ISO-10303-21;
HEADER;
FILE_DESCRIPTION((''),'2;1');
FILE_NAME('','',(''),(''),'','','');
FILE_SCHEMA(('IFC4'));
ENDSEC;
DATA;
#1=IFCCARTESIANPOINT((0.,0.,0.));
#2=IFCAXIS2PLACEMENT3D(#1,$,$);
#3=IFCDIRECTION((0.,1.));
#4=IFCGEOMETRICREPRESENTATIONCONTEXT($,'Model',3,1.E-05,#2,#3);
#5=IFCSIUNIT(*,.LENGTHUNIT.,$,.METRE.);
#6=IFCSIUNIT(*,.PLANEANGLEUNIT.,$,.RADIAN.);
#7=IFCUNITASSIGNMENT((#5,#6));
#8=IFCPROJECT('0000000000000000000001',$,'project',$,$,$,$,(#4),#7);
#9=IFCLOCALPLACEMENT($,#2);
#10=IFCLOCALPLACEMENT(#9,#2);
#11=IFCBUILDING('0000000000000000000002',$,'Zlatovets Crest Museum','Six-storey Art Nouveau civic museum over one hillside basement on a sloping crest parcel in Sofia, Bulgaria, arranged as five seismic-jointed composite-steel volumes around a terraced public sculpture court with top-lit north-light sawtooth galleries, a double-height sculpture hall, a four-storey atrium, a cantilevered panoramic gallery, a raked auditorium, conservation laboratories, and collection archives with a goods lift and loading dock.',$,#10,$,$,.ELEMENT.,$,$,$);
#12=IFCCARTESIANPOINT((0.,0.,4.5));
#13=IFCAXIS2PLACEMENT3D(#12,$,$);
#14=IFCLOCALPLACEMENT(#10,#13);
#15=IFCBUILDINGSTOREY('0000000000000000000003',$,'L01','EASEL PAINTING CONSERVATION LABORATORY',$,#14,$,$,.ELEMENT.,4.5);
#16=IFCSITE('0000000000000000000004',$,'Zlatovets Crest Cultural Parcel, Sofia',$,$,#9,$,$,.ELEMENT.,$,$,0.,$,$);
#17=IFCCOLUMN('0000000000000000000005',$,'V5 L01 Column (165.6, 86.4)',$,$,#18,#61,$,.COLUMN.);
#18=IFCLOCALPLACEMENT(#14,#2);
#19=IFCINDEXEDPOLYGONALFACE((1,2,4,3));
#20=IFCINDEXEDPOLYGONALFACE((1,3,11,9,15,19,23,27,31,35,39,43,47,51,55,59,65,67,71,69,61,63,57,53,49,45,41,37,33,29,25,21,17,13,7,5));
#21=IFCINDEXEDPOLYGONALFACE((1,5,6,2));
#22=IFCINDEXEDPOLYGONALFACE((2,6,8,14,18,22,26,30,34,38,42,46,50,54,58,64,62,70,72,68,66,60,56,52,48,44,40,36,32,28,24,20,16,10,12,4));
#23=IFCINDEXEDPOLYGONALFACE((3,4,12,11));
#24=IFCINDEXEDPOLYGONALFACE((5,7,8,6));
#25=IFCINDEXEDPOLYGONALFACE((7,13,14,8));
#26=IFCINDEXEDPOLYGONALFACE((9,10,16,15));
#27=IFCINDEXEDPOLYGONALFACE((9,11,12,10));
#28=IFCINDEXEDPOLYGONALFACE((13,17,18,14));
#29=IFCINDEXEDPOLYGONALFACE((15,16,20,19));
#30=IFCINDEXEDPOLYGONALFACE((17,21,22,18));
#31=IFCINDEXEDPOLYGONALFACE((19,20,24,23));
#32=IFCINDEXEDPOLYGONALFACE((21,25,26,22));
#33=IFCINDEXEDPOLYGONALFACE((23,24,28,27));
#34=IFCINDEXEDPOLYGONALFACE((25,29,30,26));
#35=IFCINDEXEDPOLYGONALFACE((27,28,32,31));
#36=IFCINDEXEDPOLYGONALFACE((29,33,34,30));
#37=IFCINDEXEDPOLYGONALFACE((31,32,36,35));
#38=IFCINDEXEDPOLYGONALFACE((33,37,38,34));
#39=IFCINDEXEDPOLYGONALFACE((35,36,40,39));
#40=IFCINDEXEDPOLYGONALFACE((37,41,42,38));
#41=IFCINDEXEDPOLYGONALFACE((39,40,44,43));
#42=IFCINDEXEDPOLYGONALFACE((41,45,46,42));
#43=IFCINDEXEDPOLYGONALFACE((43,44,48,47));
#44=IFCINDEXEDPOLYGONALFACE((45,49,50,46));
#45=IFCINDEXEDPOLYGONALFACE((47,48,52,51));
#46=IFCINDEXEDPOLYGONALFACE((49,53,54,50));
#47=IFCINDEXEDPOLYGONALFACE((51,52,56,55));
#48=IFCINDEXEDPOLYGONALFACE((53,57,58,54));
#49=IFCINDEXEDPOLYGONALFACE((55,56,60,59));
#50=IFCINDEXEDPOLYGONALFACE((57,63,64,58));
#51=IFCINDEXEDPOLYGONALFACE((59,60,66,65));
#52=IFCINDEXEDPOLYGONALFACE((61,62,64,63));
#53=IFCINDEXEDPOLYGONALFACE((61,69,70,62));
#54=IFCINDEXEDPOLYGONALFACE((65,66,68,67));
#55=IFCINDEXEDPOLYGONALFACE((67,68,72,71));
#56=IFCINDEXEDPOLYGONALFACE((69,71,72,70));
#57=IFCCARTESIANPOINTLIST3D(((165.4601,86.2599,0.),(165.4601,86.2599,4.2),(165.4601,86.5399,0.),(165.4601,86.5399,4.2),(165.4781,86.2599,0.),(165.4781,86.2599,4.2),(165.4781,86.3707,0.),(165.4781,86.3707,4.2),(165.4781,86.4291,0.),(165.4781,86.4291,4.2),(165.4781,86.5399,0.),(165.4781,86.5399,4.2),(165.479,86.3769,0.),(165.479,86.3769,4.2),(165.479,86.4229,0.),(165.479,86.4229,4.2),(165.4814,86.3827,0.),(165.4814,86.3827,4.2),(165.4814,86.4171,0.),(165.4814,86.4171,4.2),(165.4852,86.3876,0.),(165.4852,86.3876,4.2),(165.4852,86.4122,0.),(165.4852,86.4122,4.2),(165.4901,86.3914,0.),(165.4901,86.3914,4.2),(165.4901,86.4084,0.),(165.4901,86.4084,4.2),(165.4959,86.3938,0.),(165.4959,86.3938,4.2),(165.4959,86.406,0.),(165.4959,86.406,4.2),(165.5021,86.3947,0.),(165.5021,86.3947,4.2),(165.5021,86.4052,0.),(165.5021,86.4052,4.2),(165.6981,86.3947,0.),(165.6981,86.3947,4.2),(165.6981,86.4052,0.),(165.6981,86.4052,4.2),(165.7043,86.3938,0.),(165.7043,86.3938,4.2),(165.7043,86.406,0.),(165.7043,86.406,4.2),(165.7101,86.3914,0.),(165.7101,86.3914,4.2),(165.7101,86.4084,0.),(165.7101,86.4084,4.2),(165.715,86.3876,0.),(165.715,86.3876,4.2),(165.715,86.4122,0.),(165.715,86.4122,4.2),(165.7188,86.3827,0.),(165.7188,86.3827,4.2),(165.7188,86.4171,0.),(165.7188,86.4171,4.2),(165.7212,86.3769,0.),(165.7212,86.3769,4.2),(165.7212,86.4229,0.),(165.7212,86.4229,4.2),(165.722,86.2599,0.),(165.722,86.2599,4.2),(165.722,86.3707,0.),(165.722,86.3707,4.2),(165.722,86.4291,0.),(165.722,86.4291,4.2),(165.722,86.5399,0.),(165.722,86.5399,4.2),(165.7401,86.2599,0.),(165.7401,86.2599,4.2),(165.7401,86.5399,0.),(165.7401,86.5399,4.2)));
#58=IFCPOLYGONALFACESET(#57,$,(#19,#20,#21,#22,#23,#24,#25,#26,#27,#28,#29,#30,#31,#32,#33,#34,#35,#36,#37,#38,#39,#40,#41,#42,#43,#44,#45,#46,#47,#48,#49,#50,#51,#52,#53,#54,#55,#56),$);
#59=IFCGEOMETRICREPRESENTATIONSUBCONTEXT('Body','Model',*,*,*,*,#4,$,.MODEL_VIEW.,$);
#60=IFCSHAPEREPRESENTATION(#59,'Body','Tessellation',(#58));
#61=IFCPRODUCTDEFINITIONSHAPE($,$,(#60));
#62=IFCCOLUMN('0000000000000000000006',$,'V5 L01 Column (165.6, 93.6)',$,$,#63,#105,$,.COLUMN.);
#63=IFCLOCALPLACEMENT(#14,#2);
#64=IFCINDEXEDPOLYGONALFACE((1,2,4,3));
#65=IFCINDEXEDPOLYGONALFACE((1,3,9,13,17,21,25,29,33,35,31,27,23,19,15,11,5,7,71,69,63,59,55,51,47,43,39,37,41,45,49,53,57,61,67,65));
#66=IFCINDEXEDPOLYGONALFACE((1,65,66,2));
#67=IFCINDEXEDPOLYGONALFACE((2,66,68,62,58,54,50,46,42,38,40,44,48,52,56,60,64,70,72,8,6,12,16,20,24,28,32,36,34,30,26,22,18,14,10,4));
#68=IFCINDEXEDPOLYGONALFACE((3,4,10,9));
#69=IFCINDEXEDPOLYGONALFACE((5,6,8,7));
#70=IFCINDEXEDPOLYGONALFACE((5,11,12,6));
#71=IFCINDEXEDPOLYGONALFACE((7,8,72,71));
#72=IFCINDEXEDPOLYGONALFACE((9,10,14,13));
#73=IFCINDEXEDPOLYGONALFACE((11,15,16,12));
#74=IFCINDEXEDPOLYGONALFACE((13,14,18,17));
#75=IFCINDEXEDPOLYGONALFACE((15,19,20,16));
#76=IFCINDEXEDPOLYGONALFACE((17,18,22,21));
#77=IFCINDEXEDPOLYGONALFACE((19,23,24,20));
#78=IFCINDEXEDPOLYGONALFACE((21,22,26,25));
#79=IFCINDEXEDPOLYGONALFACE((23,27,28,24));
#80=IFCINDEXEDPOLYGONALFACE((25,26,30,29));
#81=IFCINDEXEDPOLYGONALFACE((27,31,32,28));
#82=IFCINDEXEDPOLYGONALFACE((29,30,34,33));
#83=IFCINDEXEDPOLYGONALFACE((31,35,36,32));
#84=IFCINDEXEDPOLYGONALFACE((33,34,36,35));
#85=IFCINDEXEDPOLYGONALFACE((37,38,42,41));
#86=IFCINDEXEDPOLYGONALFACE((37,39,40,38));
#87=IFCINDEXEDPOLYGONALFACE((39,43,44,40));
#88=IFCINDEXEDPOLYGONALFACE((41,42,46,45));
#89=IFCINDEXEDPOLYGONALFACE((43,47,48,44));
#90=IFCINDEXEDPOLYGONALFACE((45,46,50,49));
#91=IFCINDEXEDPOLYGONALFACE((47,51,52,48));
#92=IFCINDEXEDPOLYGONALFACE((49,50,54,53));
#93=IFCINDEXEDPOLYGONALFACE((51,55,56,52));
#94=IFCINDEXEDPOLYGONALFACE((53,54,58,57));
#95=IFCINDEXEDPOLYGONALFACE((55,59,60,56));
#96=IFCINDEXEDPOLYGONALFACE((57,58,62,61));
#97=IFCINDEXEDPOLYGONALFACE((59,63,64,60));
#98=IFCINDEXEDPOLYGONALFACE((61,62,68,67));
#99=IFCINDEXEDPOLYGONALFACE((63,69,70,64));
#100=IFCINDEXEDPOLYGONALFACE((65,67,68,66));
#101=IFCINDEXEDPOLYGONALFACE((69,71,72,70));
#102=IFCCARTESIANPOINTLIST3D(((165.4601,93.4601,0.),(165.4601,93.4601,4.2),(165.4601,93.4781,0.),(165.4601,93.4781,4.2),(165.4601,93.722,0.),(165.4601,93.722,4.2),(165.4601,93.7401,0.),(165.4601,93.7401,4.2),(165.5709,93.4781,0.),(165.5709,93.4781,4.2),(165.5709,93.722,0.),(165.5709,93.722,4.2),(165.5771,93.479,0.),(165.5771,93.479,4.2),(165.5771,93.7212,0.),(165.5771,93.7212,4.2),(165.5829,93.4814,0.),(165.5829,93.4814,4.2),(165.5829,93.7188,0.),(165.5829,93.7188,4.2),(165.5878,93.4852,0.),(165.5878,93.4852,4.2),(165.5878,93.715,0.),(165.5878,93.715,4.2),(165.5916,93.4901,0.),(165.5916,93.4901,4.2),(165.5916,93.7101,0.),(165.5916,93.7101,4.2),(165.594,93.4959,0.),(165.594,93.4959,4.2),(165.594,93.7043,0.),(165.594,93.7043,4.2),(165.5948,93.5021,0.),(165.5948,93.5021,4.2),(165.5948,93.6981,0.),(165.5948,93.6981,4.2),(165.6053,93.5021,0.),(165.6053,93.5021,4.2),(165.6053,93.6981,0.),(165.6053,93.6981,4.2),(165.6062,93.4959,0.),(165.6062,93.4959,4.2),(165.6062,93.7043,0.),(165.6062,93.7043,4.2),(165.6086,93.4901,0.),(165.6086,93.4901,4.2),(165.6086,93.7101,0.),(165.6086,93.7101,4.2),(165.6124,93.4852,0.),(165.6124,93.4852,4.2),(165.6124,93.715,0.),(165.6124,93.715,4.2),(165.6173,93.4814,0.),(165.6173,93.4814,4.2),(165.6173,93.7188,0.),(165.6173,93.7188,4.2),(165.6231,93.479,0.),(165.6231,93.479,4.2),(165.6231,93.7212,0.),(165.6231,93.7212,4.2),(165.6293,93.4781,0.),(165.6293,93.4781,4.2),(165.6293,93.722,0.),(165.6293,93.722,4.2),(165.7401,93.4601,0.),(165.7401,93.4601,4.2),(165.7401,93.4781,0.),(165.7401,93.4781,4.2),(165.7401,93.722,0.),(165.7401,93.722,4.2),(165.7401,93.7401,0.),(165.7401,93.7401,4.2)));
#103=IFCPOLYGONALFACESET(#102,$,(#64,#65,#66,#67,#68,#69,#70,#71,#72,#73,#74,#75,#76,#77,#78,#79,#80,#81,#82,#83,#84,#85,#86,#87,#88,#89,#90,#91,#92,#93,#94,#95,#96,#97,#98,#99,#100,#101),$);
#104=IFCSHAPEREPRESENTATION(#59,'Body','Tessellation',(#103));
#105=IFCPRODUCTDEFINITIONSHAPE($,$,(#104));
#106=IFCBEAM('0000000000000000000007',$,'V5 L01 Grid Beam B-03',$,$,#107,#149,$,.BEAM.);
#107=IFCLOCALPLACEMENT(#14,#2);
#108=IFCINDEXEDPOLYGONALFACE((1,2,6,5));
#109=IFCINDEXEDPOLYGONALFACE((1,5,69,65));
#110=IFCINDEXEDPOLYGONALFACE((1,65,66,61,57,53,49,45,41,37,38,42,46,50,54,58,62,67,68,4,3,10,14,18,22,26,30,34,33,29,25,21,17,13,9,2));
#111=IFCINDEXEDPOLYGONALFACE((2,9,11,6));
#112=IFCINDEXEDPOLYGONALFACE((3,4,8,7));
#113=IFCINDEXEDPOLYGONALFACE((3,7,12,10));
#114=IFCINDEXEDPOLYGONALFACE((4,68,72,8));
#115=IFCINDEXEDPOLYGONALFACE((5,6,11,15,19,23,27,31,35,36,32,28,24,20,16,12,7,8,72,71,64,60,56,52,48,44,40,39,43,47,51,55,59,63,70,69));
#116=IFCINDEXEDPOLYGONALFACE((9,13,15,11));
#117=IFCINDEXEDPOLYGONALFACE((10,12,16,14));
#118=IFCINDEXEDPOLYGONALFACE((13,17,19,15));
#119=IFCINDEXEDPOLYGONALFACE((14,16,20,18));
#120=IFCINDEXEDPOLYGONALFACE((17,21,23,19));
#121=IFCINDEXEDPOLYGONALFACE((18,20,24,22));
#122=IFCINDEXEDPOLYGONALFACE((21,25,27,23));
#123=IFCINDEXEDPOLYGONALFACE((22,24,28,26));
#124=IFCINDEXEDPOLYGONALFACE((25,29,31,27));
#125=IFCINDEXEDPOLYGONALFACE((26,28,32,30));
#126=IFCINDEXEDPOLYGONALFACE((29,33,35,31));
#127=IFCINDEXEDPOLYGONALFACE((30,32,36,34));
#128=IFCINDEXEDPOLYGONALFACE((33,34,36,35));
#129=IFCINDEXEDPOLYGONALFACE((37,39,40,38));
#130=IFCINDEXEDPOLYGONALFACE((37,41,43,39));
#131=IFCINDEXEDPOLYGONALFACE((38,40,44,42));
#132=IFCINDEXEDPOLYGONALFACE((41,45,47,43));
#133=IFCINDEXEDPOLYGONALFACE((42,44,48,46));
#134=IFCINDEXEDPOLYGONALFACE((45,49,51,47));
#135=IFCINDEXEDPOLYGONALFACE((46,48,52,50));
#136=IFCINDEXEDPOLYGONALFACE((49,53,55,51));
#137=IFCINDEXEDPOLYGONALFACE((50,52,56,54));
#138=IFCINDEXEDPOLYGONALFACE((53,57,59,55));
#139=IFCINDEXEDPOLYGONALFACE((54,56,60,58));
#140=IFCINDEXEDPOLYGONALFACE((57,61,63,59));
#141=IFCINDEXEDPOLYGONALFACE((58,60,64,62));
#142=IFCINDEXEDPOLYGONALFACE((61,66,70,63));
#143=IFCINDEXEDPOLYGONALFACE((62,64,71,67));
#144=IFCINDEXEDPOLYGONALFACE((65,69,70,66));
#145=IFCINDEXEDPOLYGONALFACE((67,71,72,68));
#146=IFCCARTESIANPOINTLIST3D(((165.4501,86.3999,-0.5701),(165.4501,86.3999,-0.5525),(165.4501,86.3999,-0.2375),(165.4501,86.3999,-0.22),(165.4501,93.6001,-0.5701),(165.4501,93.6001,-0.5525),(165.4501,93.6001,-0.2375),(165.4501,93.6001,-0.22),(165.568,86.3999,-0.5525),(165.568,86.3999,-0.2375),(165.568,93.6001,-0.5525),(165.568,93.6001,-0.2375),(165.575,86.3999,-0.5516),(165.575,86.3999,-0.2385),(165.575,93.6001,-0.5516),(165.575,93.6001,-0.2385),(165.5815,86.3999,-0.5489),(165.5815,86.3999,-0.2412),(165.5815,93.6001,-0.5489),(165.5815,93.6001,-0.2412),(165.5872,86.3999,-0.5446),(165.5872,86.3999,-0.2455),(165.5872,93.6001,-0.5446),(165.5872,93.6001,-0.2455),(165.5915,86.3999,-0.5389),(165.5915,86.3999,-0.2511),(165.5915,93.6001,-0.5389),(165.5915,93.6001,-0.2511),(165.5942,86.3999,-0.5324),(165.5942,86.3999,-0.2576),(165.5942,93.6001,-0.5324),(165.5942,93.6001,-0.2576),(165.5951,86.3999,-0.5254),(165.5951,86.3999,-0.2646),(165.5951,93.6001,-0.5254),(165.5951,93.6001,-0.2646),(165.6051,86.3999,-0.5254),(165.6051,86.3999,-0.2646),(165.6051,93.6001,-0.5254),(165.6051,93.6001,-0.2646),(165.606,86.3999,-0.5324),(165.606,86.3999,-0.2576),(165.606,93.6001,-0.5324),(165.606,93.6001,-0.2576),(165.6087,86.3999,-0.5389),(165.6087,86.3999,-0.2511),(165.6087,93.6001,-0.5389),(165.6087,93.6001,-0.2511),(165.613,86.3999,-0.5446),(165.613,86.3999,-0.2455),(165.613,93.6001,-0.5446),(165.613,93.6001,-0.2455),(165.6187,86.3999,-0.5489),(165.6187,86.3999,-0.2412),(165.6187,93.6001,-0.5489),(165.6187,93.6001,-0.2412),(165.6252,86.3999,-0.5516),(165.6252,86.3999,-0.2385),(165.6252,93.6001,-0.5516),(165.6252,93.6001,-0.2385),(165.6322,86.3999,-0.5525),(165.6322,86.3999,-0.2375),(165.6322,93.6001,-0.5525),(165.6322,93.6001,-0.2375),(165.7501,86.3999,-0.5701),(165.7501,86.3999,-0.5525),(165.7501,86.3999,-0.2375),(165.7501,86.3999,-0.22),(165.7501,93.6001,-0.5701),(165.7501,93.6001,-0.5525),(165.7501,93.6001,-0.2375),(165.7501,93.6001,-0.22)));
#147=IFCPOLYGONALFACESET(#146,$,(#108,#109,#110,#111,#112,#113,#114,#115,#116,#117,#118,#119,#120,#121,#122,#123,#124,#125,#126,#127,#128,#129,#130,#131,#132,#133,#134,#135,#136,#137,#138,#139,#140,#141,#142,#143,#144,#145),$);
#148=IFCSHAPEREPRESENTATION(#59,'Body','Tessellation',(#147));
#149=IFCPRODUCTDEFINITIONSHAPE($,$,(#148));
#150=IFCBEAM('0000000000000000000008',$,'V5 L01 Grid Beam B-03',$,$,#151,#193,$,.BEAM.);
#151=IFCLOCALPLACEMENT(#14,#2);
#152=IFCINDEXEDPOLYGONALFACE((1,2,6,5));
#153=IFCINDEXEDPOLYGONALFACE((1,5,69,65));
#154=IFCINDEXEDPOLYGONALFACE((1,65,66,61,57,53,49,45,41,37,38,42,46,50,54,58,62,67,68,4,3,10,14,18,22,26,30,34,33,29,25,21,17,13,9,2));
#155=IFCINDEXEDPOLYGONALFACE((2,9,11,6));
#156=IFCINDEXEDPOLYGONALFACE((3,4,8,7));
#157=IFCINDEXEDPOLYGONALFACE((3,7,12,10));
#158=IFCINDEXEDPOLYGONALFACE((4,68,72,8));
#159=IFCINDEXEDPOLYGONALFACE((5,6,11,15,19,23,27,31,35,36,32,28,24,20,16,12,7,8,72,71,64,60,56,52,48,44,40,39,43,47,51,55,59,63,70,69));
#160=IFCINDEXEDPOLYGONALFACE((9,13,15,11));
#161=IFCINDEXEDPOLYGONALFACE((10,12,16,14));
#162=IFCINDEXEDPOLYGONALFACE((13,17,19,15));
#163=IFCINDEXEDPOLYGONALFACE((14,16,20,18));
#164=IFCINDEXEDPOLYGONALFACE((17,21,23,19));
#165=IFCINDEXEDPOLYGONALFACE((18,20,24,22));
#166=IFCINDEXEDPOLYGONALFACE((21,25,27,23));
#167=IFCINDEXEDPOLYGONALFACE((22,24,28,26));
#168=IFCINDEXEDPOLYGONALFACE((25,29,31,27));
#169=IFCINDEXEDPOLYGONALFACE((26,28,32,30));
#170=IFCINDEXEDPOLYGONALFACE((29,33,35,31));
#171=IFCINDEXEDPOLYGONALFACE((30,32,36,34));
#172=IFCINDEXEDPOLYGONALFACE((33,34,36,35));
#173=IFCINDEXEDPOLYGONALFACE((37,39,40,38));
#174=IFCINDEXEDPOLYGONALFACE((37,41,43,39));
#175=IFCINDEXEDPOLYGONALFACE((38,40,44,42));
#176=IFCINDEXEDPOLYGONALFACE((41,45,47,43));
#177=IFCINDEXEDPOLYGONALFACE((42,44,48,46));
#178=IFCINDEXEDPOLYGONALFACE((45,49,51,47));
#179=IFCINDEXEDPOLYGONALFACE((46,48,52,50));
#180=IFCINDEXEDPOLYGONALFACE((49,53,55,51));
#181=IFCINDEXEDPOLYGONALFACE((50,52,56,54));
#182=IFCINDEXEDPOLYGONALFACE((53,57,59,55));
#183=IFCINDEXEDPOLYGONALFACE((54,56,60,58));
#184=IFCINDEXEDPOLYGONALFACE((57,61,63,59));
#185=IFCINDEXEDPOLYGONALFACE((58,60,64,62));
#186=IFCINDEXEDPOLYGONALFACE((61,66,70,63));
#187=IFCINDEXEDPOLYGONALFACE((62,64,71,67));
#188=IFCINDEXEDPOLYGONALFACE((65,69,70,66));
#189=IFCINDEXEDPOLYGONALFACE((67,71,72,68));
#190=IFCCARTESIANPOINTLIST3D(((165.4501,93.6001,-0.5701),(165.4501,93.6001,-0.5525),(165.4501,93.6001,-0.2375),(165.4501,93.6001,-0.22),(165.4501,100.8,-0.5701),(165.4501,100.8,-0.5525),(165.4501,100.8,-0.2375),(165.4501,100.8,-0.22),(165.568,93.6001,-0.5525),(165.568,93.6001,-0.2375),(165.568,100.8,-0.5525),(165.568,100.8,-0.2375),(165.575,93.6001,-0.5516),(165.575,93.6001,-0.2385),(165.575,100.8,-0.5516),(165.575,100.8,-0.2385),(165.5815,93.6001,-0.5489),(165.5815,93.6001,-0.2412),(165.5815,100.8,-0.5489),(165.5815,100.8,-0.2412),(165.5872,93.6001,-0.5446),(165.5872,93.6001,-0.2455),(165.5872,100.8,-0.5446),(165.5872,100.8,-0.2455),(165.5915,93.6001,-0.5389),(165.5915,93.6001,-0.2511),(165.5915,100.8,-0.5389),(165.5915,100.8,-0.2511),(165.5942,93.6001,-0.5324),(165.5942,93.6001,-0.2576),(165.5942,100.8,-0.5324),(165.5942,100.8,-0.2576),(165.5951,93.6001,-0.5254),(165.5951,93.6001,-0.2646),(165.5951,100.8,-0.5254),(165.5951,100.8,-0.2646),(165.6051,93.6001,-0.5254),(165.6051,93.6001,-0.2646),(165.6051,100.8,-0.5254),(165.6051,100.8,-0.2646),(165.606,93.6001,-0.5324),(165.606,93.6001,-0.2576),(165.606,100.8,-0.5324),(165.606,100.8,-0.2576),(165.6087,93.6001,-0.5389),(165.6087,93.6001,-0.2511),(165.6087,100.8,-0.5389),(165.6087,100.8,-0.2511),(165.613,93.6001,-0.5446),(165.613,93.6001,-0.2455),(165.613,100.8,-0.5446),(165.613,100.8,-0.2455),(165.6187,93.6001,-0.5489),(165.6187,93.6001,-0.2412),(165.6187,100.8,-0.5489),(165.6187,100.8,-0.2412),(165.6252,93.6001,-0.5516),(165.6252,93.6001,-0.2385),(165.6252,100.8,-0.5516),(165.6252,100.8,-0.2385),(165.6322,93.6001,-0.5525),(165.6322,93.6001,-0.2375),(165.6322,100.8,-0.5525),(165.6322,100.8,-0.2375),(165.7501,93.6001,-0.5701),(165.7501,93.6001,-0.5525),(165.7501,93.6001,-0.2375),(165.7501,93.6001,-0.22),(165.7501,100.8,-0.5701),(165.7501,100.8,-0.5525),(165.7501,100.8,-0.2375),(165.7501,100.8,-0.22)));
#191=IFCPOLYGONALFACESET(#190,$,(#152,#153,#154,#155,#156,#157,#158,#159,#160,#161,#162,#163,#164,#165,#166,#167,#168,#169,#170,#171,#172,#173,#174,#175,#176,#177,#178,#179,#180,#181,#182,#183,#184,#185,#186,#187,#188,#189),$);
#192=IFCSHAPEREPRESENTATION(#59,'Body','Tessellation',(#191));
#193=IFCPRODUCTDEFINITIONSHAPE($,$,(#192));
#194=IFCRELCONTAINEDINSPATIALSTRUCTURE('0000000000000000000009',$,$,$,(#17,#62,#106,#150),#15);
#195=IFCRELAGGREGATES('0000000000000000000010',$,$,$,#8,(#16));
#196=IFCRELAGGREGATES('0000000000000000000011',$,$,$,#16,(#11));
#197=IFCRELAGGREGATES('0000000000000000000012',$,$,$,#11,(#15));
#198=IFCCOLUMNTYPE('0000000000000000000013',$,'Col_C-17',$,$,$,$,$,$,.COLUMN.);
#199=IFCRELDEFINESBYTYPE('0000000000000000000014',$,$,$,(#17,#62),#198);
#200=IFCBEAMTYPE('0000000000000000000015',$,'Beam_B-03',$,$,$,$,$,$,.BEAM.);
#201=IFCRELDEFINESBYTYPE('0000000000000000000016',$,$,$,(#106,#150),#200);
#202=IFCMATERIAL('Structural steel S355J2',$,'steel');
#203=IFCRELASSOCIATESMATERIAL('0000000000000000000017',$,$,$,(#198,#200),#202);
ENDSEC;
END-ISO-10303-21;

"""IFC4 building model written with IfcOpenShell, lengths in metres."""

from ifc_helpers import new_model, si_unit, direction, frame, origin, origin_2d, place, context, subcontext, project, spatial, i_section, extrude, material, material_profile, profile_set, type_object, element, save


model = new_model("IFC4")

# Units and contexts
model_context = context("Model", 3, precision=1e-05, world=origin(), true_north=direction((0.0, 1.0)))
body_context = subcontext(model_context, "Body", "Model", "MODEL_VIEW")
ifc_project = project(units=[si_unit("LENGTHUNIT", "METRE"), si_unit("PLANEANGLEUNIT", "RADIAN")], contexts=[model_context])

# Site, building, storey
site_placement = place(None, origin())
site = spatial("IfcSite", under=ifc_project, at=site_placement, Name="Zlatovets Crest Cultural Parcel, Sofia", CompositionType="ELEMENT", RefElevation=0.0)
building_placement = place(site_placement, origin())
building = spatial("IfcBuilding", under=site, at=building_placement, Name="Zlatovets Crest Museum", Description="Six-storey Art Nouveau civic museum over one hillside basement on a sloping crest parcel in Sofia, Bulgaria, arranged as five seismic-jointed composite-steel volumes around a terraced public sculpture court with top-lit north-light sawtooth galleries, a double-height sculpture hall, a four-storey atrium, a cantilevered panoramic gallery, a raked auditorium, conservation laboratories, and collection archives with a goods lift and loading dock.", CompositionType="ELEMENT")
storey_placement = place(building_placement, frame((0.0, 0.0, 4.5)))
storey = spatial("IfcBuildingStorey", under=building, at=storey_placement, Name="L01", Description="EASEL PAINTING CONSERVATION LABORATORY", CompositionType="ELEMENT", Elevation=4.5)

# Columns
ifc_material_1 = material(Name="Structural steel S355J2", Category="steel")
ifc_material_profile_1 = material_profile(ifc_material_1, i_section(OverallWidth=0.28, OverallDepth=0.28, WebThickness=0.0105, FlangeThickness=0.0181, FilletRadius=0.0239, at=origin_2d()), Name="HEB 280")
ifc_profile_set_1 = profile_set([ifc_material_profile_1], Name="Structural steel S355J2")
column_type = type_object("IfcColumnType", Name="Col_C-17", PredefinedType="COLUMN", material=ifc_profile_set_1)
for number, where, z_axis, x_axis, name in (
    (1, (165.6001, 86.3999, 0.0), (0.0, 0.0, 1.0), (0.0, 1.0, 0.0), "V5 L01 Column (165.6, 86.4)"),
    (2, (165.6001, 93.6001, 0.0), (0.0, 0.0, 1.0), (1.0, 0.0, 0.0), "V5 L01 Column (165.6, 93.6)"),
):
    element("IfcColumn", number, at=place(storey_placement, frame(where, z_axis=z_axis, x_axis=x_axis)), inside=storey, type_object=column_type, Name=name, PredefinedType="COLUMN", context=body_context, shape_type="SweptSolid", body=[
        extrude(i_section(OverallWidth=0.28, OverallDepth=0.28, WebThickness=0.0105, FlangeThickness=0.0181, FilletRadius=0.0239, at=origin_2d()), origin(), (0.0, 0.0, 1.0), 4.2),
    ])

# Beams
ifc_material_profile_2 = material_profile(ifc_material_1, i_section(OverallWidth=0.3, OverallDepth=0.3501, WebThickness=0.01, FlangeThickness=0.0176, FilletRadius=0.0271, at=origin_2d()), Name="HEA 360")
ifc_profile_set_2 = profile_set([ifc_material_profile_2], Name="Structural steel S355J2")
beam_type_1 = type_object("IfcBeamType", Name="Beam_B-03", PredefinedType="BEAM", material=ifc_profile_set_2)
beam_1_placement = place(storey_placement, frame((165.6001, 86.3999, -0.395), z_axis=(0.0, 1.0, 0.0), x_axis=(-1.0, 0.0, 0.0)))
element("IfcBeam", 3, at=beam_1_placement, inside=storey, type_object=beam_type_1, Name="V5 L01 Grid Beam B-03", PredefinedType="BEAM", context=body_context, shape_type="SweptSolid", body=[
    extrude(i_section(OverallWidth=0.3, OverallDepth=0.3501, WebThickness=0.01, FlangeThickness=0.0176, FilletRadius=0.0271, at=origin_2d()), origin(), (0.0, 0.0, 1.0), 7.2002),
])
beam_2_placement = place(storey_placement, frame((165.6001, 93.6001, -0.395), z_axis=(0.0, 1.0, 0.0), x_axis=(-1.0, 0.0, 0.0)))
element("IfcBeam", 4, at=beam_2_placement, inside=storey, type_object=beam_type_1, Name="V5 L01 Grid Beam B-03", PredefinedType="BEAM", context=body_context, shape_type="SweptSolid", body=[
    extrude(i_section(OverallWidth=0.3, OverallDepth=0.3501, WebThickness=0.01, FlangeThickness=0.0176, FilletRadius=0.0271, at=origin_2d()), origin(), (0.0, 0.0, 1.0), 7.2),
])

save(model, "model.ifc")
